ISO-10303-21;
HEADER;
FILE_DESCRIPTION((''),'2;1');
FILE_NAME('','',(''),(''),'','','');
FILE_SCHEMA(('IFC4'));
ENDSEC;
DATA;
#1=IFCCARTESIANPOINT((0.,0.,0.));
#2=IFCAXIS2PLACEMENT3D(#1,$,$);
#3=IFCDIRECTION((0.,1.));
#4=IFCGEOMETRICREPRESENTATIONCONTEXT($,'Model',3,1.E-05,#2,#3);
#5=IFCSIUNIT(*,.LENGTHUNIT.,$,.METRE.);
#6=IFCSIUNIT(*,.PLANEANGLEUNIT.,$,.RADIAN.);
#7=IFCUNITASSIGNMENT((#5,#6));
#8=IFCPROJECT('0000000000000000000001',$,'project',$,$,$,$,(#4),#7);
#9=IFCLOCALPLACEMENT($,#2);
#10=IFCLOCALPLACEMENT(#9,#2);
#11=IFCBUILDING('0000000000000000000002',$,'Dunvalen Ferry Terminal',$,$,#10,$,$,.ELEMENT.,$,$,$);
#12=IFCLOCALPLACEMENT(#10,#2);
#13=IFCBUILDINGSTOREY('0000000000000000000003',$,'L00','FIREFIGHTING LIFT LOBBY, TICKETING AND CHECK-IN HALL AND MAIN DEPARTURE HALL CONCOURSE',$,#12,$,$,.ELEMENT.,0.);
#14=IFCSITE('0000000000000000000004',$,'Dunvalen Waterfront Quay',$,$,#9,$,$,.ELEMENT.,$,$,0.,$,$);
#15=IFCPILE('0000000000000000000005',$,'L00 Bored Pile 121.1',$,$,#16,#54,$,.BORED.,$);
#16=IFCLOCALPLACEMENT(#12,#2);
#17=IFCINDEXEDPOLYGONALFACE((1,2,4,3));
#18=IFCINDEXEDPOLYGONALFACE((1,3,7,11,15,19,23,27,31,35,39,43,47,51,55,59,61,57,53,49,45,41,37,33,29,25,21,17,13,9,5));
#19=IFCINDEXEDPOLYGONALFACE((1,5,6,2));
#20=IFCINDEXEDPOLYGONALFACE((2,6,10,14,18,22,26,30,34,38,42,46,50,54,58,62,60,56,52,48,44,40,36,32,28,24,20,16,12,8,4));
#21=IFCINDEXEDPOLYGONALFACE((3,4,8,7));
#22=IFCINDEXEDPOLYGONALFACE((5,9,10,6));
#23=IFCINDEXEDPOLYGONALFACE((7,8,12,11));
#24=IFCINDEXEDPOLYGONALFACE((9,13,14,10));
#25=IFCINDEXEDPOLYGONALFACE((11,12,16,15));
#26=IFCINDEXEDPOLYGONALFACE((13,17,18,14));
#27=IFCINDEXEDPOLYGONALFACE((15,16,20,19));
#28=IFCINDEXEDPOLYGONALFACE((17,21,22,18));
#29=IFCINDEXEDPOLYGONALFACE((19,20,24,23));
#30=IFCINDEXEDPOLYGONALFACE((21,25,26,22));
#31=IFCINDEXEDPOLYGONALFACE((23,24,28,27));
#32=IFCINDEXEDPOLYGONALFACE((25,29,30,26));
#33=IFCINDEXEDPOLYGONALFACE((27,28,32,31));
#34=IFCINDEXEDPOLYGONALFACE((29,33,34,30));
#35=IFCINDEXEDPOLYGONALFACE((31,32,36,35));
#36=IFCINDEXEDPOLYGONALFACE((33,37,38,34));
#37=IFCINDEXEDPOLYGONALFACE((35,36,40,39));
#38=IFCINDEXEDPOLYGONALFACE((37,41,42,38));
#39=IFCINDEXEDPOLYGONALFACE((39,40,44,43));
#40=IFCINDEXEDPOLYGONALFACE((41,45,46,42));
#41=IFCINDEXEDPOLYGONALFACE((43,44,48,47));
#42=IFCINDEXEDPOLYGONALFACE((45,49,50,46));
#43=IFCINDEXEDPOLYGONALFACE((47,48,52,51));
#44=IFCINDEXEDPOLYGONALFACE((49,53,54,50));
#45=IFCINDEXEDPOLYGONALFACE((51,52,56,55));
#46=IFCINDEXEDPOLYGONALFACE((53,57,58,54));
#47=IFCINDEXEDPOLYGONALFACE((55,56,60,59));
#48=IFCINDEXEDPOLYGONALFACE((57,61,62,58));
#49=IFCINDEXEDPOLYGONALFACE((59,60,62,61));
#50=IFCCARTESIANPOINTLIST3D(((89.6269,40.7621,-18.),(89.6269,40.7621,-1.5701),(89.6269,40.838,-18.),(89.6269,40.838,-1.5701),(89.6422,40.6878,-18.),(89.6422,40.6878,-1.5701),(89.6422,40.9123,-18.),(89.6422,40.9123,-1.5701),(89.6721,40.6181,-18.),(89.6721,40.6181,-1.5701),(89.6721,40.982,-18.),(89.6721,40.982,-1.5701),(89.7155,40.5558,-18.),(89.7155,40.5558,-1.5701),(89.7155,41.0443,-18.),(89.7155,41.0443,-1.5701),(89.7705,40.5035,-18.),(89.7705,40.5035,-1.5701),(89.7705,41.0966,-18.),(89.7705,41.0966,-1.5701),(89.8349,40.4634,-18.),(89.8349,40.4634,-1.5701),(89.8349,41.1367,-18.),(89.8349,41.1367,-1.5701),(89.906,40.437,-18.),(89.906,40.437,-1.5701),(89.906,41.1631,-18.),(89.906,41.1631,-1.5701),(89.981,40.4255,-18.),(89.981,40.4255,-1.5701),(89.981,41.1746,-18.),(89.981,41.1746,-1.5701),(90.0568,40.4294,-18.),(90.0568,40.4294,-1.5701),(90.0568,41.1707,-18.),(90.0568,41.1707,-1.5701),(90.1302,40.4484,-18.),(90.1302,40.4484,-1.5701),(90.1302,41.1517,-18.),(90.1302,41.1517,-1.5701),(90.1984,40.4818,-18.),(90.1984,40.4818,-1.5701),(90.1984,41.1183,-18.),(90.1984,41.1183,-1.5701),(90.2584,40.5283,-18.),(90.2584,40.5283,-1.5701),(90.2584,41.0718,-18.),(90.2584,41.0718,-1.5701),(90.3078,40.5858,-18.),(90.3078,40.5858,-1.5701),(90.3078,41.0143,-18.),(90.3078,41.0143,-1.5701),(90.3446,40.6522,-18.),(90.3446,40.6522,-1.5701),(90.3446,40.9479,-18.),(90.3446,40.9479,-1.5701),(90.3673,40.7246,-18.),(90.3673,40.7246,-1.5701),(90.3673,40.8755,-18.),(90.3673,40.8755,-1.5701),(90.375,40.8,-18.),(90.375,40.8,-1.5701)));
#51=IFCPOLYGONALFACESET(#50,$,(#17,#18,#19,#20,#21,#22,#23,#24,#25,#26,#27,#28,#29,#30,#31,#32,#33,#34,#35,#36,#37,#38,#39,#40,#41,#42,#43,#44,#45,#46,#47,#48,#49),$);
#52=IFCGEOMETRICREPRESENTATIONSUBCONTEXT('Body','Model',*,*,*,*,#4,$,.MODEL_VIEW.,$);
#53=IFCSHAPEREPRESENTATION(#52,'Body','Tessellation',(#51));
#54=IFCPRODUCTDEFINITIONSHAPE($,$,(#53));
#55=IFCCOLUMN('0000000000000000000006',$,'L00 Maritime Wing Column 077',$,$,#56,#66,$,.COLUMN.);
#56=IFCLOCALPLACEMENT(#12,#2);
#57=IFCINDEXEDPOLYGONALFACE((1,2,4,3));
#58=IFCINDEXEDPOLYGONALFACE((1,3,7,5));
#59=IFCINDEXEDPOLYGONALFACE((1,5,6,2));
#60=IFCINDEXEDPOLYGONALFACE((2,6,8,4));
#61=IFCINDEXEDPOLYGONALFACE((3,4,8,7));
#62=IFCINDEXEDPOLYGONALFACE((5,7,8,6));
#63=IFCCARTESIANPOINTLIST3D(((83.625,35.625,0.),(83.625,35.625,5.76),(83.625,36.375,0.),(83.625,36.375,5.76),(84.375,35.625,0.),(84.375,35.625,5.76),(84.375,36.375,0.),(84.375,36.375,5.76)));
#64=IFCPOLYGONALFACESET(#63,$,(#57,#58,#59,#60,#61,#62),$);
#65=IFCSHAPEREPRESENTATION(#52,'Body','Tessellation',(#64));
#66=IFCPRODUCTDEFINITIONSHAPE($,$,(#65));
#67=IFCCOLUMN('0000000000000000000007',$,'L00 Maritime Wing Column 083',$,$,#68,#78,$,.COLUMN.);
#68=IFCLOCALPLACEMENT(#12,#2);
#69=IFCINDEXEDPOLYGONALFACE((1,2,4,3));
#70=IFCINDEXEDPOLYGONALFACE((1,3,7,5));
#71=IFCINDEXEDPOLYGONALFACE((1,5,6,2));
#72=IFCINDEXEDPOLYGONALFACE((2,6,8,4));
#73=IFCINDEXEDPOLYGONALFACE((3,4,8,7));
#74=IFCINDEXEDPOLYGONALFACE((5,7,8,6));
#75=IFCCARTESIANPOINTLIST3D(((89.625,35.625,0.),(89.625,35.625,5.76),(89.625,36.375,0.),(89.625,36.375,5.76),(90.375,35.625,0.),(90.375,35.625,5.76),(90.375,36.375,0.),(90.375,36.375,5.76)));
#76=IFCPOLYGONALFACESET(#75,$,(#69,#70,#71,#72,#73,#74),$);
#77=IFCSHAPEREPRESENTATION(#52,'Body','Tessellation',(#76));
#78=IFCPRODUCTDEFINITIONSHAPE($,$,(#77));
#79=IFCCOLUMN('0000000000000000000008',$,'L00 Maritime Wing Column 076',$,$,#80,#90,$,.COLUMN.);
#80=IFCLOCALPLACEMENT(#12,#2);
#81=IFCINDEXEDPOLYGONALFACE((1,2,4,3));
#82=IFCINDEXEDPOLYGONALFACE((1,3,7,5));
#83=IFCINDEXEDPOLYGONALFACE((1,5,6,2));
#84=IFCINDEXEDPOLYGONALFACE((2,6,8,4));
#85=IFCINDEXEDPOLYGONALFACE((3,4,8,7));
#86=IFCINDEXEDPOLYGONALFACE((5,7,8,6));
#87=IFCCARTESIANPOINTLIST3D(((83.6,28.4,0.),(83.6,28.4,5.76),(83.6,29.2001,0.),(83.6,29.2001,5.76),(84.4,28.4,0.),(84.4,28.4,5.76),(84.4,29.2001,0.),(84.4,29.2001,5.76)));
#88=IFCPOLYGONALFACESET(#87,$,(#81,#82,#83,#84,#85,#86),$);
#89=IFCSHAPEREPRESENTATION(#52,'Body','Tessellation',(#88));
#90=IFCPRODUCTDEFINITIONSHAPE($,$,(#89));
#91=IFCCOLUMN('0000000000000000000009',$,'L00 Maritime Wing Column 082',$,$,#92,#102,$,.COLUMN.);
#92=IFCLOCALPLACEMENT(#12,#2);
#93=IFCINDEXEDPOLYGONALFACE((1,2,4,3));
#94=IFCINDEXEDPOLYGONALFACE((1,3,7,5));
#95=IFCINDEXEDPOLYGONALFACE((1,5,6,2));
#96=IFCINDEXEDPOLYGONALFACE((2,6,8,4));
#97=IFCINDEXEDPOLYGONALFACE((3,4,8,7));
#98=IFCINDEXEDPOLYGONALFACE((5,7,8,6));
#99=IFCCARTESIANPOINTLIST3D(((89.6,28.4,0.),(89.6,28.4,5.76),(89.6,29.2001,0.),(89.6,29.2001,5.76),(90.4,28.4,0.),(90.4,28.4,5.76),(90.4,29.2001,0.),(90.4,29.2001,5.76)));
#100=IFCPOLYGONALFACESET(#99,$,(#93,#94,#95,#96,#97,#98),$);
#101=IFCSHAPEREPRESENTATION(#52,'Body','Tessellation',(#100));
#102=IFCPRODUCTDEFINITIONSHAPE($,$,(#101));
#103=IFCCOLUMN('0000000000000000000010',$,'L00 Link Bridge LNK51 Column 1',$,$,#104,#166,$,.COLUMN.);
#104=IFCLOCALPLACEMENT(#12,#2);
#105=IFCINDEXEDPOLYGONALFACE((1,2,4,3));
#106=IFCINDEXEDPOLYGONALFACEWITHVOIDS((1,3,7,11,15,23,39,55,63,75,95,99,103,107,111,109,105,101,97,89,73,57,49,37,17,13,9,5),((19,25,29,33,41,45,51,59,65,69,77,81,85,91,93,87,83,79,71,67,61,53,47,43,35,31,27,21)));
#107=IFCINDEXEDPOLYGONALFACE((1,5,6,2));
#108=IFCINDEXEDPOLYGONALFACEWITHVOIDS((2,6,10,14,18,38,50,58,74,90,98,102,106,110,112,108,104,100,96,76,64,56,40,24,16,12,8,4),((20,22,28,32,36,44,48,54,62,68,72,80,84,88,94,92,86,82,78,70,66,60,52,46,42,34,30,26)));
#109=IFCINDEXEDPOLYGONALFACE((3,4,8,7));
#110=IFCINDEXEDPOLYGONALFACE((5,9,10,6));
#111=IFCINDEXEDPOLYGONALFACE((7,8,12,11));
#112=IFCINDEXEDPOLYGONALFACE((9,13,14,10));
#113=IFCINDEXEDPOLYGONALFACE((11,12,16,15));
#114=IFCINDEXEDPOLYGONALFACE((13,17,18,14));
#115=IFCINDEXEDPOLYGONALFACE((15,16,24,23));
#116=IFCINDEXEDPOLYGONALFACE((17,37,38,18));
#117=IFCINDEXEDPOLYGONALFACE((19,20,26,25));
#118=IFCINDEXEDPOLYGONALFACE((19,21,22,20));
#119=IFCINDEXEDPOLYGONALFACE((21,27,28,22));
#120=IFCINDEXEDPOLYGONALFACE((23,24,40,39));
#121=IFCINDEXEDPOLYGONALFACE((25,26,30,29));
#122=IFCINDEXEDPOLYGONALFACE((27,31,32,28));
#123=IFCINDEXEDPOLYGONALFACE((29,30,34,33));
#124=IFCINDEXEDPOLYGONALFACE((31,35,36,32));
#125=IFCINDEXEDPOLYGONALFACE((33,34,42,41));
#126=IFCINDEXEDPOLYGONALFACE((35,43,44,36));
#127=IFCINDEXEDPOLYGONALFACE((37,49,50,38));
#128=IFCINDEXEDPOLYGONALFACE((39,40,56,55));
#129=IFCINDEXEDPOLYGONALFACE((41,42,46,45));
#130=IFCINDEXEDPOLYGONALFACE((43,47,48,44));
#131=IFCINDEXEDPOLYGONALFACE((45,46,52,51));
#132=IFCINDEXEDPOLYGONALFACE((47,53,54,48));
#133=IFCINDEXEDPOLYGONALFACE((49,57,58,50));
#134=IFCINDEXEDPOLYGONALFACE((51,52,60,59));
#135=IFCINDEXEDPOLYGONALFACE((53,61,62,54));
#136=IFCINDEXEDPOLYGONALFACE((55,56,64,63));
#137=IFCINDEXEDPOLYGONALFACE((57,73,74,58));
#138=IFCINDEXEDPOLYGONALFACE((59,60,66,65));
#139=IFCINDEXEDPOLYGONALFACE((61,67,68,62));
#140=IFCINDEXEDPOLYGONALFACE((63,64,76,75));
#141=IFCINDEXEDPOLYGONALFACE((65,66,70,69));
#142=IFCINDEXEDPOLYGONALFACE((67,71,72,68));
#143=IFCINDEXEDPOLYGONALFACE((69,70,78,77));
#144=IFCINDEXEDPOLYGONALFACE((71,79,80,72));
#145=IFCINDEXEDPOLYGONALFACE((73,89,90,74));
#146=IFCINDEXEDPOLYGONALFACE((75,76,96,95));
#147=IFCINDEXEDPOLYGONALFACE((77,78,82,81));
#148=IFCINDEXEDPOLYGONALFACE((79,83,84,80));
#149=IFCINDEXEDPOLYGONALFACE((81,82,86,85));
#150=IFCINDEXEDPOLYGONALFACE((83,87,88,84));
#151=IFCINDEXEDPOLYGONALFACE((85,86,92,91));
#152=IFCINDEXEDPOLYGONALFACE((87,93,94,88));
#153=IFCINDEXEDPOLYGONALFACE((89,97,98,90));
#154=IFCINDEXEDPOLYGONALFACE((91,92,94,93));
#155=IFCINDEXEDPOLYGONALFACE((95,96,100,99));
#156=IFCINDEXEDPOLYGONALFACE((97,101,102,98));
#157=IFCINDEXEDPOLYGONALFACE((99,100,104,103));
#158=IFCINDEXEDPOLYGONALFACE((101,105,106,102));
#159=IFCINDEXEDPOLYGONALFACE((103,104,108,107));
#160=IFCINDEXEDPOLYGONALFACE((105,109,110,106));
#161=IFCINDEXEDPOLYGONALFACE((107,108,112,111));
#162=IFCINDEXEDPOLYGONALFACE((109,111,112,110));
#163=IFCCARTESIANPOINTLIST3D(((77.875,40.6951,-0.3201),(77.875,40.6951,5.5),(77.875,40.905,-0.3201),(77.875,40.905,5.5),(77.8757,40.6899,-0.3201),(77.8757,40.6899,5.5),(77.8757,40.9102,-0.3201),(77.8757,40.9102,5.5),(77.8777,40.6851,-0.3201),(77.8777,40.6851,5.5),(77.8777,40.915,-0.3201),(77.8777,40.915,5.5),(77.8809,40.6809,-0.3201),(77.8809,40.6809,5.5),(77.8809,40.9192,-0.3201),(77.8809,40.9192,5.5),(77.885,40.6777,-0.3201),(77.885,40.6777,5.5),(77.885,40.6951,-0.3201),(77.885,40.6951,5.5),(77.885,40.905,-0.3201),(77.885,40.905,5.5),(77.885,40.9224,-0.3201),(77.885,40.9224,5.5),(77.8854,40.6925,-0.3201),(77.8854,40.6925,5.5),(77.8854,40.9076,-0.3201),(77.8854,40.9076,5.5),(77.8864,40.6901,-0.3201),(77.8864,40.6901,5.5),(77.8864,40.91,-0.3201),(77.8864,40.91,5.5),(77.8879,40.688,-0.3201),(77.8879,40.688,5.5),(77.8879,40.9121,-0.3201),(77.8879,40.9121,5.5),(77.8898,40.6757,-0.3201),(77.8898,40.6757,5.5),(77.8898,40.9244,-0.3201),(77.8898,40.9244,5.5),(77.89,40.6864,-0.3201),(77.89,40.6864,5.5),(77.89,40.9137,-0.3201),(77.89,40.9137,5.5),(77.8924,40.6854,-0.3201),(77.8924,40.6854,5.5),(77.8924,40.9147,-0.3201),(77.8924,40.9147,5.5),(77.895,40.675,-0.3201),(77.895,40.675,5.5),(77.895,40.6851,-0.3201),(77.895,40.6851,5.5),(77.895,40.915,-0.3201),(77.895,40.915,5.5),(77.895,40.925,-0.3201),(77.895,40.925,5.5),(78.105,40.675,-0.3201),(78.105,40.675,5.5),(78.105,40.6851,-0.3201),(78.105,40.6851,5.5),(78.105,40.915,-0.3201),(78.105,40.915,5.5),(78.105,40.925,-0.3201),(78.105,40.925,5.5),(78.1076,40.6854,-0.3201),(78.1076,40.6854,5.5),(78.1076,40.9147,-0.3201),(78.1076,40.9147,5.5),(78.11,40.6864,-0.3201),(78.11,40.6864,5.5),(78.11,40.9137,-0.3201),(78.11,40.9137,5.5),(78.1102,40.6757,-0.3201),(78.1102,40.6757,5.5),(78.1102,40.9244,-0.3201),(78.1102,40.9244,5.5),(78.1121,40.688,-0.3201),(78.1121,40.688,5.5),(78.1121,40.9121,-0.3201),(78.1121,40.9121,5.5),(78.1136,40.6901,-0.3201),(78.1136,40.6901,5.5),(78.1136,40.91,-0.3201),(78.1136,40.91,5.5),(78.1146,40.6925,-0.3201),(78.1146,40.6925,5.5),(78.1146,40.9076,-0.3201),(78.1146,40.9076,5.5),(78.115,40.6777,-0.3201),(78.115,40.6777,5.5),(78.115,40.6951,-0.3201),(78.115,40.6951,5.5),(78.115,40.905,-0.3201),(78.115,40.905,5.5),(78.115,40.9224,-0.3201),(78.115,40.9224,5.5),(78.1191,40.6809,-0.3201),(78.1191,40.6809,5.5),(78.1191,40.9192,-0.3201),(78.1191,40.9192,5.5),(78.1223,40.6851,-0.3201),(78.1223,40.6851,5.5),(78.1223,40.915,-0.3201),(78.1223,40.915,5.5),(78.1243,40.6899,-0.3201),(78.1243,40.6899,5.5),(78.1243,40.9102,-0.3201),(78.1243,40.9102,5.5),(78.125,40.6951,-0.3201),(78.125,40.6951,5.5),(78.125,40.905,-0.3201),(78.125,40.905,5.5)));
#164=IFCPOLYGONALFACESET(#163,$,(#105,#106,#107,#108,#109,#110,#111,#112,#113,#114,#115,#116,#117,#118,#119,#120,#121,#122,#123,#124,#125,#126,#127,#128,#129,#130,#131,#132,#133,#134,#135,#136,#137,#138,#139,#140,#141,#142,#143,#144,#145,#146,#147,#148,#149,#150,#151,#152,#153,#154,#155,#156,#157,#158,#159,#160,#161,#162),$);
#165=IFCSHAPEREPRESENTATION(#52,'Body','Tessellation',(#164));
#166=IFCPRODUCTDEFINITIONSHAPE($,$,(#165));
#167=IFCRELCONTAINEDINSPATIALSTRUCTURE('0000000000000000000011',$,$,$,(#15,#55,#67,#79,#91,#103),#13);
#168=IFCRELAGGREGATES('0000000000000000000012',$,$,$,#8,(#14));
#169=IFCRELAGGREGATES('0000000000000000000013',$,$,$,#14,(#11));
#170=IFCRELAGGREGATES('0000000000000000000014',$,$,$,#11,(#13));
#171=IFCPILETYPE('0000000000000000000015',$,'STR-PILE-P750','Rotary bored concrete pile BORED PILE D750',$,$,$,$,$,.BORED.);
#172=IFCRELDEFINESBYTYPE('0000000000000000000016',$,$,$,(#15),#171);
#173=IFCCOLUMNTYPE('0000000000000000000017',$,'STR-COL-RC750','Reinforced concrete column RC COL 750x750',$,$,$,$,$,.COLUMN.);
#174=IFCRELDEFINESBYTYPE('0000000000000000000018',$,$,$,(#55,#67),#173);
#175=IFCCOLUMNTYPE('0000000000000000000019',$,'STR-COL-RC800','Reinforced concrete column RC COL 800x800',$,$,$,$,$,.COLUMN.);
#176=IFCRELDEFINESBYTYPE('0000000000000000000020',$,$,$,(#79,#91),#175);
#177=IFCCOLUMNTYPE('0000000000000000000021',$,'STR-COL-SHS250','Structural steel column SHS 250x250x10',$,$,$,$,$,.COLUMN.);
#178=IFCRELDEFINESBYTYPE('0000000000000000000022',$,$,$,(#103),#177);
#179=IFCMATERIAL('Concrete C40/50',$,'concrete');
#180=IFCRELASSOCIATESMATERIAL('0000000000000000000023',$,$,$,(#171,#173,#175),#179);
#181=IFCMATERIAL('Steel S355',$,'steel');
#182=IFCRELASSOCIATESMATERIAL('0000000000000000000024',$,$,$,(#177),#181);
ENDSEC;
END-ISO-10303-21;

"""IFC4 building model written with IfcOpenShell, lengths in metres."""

from ifc_helpers import new_model, si_unit, direction, frame, origin, origin_2d, place, context, subcontext, project, spatial, rectangle, hollow_rectangle, circle, extrude, material, material_profile, profile_set, type_object, element, save


model = new_model("IFC4")

# Units and contexts
model_context = context("Model", 3, precision=1e-05, world=origin(), true_north=direction((0.0, 1.0)))
body_context = subcontext(model_context, "Body", "Model", "MODEL_VIEW")
ifc_project = project(units=[si_unit("LENGTHUNIT", "METRE"), si_unit("PLANEANGLEUNIT", "RADIAN")], contexts=[model_context])

# Site, building, storey
site_placement = place(None, origin())
site = spatial("IfcSite", under=ifc_project, at=site_placement, Name="Dunvalen Waterfront Quay", CompositionType="ELEMENT", RefElevation=0.0)
building_placement = place(site_placement, origin())
building = spatial("IfcBuilding", under=site, at=building_placement, Name="Dunvalen Ferry Terminal", CompositionType="ELEMENT")
storey_placement = place(building_placement, origin())
storey = spatial("IfcBuildingStorey", under=building, at=storey_placement, Name="L00", Description="FIREFIGHTING LIFT LOBBY, TICKETING AND CHECK-IN HALL AND MAIN DEPARTURE HALL CONCOURSE", CompositionType="ELEMENT", Elevation=0.0)

# Shared definitions
ifc_material_1 = material(Name="Concrete C40/50", Category="concrete")

# Pile
ifc_material_profile_1 = material_profile(ifc_material_1, circle(Radius=0.375, at=origin_2d()), Name="Concrete C40/50")
ifc_profile_set_1 = profile_set([ifc_material_profile_1], Name="Concrete C40/50")
pile_type = type_object("IfcPileType", Name="STR-PILE-P750", Description="Rotary bored concrete pile BORED PILE D750", PredefinedType="BORED", material=ifc_profile_set_1)
for number, where, z_axis, x_axis, name in (
    (1, (90.0, 40.8, -1.5701), (0.0, 0.0, -1.0), (1.0, 0.0, 0.0), "L00 Bored Pile 121.1"),
):
    element("IfcPile", number, at=place(storey_placement, frame(where, z_axis=z_axis, x_axis=x_axis)), inside=storey, type_object=pile_type, Name=name, PredefinedType="BORED", context=body_context, shape_type="SweptSolid", body=[
        extrude(circle(Radius=0.375, at=origin_2d()), origin(), (0.0, 0.0, 1.0), 16.4299),
    ])

# Columns
ifc_material_profile_2 = material_profile(ifc_material_1, rectangle(XDim=0.75, YDim=0.75, at=origin_2d()), Name="Concrete C40/50")
ifc_profile_set_2 = profile_set([ifc_material_profile_2], Name="Concrete C40/50")
column_type_1 = type_object("IfcColumnType", Name="STR-COL-RC750", Description="Reinforced concrete column RC COL 750x750", PredefinedType="COLUMN", material=ifc_profile_set_2)
for number, where, z_axis, x_axis, name in (
    (2, (84.0, 36.0, 0.0), (0.0, 0.0, 1.0), (1.0, 0.0, 0.0), "L00 Maritime Wing Column 077"),
    (3, (90.0, 36.0, 0.0), (0.0, 0.0, 1.0), (1.0, 0.0, 0.0), "L00 Maritime Wing Column 083"),
):
    element("IfcColumn", number, at=place(storey_placement, frame(where, z_axis=z_axis, x_axis=x_axis)), inside=storey, type_object=column_type_1, Name=name, PredefinedType="COLUMN", context=body_context, shape_type="SweptSolid", body=[
        extrude(rectangle(XDim=0.75, YDim=0.75, at=origin_2d()), origin(), (0.0, 0.0, 1.0), 5.76),
    ])
ifc_material_profile_3 = material_profile(ifc_material_1, rectangle(XDim=0.8, YDim=0.8, at=origin_2d()), Name="Concrete C40/50")
ifc_profile_set_3 = profile_set([ifc_material_profile_3], Name="Concrete C40/50")
column_type_2 = type_object("IfcColumnType", Name="STR-COL-RC800", Description="Reinforced concrete column RC COL 800x800", PredefinedType="COLUMN", material=ifc_profile_set_3)
for number, where, z_axis, x_axis, name in (
    (4, (84.0, 28.8, 0.0), (0.0, 0.0, 1.0), (1.0, 0.0, 0.0), "L00 Maritime Wing Column 076"),
    (5, (90.0, 28.8, 0.0), (0.0, 0.0, 1.0), (1.0, 0.0, 0.0), "L00 Maritime Wing Column 082"),
):
    element("IfcColumn", number, at=place(storey_placement, frame(where, z_axis=z_axis, x_axis=x_axis)), inside=storey, type_object=column_type_2, Name=name, PredefinedType="COLUMN", context=body_context, shape_type="SweptSolid", body=[
        extrude(rectangle(XDim=0.8, YDim=0.8, at=origin_2d()), origin(), (0.0, 0.0, 1.0), 5.76),
    ])
ifc_material_2 = material(Name="Steel S355", Category="steel")
ifc_material_profile_4 = material_profile(ifc_material_2, hollow_rectangle(XDim=0.25, YDim=0.25, WallThickness=0.01, InnerFilletRadius=0.01, OuterFilletRadius=0.02, at=origin_2d()), Name="Steel S355")
ifc_profile_set_4 = profile_set([ifc_material_profile_4], Name="Steel S355")
column_type_3 = type_object("IfcColumnType", Name="STR-COL-SHS250", Description="Structural steel column SHS 250x250x10", PredefinedType="COLUMN", material=ifc_profile_set_4)
for number, where, z_axis, x_axis, name in (
    (6, (78.0, 40.8, -0.3201), (0.0, 0.0, 1.0), (1.0, 0.0, 0.0), "L00 Link Bridge LNK51 Column 1"),
):
    element("IfcColumn", number, at=place(storey_placement, frame(where, z_axis=z_axis, x_axis=x_axis)), inside=storey, type_object=column_type_3, Name=name, PredefinedType="COLUMN", context=body_context, shape_type="SweptSolid", body=[
        extrude(hollow_rectangle(XDim=0.25, YDim=0.25, WallThickness=0.01, InnerFilletRadius=0.01, OuterFilletRadius=0.02, at=origin_2d()), origin(), (0.0, 0.0, 1.0), 5.8201),
    ])

save(model, "model.ifc")
